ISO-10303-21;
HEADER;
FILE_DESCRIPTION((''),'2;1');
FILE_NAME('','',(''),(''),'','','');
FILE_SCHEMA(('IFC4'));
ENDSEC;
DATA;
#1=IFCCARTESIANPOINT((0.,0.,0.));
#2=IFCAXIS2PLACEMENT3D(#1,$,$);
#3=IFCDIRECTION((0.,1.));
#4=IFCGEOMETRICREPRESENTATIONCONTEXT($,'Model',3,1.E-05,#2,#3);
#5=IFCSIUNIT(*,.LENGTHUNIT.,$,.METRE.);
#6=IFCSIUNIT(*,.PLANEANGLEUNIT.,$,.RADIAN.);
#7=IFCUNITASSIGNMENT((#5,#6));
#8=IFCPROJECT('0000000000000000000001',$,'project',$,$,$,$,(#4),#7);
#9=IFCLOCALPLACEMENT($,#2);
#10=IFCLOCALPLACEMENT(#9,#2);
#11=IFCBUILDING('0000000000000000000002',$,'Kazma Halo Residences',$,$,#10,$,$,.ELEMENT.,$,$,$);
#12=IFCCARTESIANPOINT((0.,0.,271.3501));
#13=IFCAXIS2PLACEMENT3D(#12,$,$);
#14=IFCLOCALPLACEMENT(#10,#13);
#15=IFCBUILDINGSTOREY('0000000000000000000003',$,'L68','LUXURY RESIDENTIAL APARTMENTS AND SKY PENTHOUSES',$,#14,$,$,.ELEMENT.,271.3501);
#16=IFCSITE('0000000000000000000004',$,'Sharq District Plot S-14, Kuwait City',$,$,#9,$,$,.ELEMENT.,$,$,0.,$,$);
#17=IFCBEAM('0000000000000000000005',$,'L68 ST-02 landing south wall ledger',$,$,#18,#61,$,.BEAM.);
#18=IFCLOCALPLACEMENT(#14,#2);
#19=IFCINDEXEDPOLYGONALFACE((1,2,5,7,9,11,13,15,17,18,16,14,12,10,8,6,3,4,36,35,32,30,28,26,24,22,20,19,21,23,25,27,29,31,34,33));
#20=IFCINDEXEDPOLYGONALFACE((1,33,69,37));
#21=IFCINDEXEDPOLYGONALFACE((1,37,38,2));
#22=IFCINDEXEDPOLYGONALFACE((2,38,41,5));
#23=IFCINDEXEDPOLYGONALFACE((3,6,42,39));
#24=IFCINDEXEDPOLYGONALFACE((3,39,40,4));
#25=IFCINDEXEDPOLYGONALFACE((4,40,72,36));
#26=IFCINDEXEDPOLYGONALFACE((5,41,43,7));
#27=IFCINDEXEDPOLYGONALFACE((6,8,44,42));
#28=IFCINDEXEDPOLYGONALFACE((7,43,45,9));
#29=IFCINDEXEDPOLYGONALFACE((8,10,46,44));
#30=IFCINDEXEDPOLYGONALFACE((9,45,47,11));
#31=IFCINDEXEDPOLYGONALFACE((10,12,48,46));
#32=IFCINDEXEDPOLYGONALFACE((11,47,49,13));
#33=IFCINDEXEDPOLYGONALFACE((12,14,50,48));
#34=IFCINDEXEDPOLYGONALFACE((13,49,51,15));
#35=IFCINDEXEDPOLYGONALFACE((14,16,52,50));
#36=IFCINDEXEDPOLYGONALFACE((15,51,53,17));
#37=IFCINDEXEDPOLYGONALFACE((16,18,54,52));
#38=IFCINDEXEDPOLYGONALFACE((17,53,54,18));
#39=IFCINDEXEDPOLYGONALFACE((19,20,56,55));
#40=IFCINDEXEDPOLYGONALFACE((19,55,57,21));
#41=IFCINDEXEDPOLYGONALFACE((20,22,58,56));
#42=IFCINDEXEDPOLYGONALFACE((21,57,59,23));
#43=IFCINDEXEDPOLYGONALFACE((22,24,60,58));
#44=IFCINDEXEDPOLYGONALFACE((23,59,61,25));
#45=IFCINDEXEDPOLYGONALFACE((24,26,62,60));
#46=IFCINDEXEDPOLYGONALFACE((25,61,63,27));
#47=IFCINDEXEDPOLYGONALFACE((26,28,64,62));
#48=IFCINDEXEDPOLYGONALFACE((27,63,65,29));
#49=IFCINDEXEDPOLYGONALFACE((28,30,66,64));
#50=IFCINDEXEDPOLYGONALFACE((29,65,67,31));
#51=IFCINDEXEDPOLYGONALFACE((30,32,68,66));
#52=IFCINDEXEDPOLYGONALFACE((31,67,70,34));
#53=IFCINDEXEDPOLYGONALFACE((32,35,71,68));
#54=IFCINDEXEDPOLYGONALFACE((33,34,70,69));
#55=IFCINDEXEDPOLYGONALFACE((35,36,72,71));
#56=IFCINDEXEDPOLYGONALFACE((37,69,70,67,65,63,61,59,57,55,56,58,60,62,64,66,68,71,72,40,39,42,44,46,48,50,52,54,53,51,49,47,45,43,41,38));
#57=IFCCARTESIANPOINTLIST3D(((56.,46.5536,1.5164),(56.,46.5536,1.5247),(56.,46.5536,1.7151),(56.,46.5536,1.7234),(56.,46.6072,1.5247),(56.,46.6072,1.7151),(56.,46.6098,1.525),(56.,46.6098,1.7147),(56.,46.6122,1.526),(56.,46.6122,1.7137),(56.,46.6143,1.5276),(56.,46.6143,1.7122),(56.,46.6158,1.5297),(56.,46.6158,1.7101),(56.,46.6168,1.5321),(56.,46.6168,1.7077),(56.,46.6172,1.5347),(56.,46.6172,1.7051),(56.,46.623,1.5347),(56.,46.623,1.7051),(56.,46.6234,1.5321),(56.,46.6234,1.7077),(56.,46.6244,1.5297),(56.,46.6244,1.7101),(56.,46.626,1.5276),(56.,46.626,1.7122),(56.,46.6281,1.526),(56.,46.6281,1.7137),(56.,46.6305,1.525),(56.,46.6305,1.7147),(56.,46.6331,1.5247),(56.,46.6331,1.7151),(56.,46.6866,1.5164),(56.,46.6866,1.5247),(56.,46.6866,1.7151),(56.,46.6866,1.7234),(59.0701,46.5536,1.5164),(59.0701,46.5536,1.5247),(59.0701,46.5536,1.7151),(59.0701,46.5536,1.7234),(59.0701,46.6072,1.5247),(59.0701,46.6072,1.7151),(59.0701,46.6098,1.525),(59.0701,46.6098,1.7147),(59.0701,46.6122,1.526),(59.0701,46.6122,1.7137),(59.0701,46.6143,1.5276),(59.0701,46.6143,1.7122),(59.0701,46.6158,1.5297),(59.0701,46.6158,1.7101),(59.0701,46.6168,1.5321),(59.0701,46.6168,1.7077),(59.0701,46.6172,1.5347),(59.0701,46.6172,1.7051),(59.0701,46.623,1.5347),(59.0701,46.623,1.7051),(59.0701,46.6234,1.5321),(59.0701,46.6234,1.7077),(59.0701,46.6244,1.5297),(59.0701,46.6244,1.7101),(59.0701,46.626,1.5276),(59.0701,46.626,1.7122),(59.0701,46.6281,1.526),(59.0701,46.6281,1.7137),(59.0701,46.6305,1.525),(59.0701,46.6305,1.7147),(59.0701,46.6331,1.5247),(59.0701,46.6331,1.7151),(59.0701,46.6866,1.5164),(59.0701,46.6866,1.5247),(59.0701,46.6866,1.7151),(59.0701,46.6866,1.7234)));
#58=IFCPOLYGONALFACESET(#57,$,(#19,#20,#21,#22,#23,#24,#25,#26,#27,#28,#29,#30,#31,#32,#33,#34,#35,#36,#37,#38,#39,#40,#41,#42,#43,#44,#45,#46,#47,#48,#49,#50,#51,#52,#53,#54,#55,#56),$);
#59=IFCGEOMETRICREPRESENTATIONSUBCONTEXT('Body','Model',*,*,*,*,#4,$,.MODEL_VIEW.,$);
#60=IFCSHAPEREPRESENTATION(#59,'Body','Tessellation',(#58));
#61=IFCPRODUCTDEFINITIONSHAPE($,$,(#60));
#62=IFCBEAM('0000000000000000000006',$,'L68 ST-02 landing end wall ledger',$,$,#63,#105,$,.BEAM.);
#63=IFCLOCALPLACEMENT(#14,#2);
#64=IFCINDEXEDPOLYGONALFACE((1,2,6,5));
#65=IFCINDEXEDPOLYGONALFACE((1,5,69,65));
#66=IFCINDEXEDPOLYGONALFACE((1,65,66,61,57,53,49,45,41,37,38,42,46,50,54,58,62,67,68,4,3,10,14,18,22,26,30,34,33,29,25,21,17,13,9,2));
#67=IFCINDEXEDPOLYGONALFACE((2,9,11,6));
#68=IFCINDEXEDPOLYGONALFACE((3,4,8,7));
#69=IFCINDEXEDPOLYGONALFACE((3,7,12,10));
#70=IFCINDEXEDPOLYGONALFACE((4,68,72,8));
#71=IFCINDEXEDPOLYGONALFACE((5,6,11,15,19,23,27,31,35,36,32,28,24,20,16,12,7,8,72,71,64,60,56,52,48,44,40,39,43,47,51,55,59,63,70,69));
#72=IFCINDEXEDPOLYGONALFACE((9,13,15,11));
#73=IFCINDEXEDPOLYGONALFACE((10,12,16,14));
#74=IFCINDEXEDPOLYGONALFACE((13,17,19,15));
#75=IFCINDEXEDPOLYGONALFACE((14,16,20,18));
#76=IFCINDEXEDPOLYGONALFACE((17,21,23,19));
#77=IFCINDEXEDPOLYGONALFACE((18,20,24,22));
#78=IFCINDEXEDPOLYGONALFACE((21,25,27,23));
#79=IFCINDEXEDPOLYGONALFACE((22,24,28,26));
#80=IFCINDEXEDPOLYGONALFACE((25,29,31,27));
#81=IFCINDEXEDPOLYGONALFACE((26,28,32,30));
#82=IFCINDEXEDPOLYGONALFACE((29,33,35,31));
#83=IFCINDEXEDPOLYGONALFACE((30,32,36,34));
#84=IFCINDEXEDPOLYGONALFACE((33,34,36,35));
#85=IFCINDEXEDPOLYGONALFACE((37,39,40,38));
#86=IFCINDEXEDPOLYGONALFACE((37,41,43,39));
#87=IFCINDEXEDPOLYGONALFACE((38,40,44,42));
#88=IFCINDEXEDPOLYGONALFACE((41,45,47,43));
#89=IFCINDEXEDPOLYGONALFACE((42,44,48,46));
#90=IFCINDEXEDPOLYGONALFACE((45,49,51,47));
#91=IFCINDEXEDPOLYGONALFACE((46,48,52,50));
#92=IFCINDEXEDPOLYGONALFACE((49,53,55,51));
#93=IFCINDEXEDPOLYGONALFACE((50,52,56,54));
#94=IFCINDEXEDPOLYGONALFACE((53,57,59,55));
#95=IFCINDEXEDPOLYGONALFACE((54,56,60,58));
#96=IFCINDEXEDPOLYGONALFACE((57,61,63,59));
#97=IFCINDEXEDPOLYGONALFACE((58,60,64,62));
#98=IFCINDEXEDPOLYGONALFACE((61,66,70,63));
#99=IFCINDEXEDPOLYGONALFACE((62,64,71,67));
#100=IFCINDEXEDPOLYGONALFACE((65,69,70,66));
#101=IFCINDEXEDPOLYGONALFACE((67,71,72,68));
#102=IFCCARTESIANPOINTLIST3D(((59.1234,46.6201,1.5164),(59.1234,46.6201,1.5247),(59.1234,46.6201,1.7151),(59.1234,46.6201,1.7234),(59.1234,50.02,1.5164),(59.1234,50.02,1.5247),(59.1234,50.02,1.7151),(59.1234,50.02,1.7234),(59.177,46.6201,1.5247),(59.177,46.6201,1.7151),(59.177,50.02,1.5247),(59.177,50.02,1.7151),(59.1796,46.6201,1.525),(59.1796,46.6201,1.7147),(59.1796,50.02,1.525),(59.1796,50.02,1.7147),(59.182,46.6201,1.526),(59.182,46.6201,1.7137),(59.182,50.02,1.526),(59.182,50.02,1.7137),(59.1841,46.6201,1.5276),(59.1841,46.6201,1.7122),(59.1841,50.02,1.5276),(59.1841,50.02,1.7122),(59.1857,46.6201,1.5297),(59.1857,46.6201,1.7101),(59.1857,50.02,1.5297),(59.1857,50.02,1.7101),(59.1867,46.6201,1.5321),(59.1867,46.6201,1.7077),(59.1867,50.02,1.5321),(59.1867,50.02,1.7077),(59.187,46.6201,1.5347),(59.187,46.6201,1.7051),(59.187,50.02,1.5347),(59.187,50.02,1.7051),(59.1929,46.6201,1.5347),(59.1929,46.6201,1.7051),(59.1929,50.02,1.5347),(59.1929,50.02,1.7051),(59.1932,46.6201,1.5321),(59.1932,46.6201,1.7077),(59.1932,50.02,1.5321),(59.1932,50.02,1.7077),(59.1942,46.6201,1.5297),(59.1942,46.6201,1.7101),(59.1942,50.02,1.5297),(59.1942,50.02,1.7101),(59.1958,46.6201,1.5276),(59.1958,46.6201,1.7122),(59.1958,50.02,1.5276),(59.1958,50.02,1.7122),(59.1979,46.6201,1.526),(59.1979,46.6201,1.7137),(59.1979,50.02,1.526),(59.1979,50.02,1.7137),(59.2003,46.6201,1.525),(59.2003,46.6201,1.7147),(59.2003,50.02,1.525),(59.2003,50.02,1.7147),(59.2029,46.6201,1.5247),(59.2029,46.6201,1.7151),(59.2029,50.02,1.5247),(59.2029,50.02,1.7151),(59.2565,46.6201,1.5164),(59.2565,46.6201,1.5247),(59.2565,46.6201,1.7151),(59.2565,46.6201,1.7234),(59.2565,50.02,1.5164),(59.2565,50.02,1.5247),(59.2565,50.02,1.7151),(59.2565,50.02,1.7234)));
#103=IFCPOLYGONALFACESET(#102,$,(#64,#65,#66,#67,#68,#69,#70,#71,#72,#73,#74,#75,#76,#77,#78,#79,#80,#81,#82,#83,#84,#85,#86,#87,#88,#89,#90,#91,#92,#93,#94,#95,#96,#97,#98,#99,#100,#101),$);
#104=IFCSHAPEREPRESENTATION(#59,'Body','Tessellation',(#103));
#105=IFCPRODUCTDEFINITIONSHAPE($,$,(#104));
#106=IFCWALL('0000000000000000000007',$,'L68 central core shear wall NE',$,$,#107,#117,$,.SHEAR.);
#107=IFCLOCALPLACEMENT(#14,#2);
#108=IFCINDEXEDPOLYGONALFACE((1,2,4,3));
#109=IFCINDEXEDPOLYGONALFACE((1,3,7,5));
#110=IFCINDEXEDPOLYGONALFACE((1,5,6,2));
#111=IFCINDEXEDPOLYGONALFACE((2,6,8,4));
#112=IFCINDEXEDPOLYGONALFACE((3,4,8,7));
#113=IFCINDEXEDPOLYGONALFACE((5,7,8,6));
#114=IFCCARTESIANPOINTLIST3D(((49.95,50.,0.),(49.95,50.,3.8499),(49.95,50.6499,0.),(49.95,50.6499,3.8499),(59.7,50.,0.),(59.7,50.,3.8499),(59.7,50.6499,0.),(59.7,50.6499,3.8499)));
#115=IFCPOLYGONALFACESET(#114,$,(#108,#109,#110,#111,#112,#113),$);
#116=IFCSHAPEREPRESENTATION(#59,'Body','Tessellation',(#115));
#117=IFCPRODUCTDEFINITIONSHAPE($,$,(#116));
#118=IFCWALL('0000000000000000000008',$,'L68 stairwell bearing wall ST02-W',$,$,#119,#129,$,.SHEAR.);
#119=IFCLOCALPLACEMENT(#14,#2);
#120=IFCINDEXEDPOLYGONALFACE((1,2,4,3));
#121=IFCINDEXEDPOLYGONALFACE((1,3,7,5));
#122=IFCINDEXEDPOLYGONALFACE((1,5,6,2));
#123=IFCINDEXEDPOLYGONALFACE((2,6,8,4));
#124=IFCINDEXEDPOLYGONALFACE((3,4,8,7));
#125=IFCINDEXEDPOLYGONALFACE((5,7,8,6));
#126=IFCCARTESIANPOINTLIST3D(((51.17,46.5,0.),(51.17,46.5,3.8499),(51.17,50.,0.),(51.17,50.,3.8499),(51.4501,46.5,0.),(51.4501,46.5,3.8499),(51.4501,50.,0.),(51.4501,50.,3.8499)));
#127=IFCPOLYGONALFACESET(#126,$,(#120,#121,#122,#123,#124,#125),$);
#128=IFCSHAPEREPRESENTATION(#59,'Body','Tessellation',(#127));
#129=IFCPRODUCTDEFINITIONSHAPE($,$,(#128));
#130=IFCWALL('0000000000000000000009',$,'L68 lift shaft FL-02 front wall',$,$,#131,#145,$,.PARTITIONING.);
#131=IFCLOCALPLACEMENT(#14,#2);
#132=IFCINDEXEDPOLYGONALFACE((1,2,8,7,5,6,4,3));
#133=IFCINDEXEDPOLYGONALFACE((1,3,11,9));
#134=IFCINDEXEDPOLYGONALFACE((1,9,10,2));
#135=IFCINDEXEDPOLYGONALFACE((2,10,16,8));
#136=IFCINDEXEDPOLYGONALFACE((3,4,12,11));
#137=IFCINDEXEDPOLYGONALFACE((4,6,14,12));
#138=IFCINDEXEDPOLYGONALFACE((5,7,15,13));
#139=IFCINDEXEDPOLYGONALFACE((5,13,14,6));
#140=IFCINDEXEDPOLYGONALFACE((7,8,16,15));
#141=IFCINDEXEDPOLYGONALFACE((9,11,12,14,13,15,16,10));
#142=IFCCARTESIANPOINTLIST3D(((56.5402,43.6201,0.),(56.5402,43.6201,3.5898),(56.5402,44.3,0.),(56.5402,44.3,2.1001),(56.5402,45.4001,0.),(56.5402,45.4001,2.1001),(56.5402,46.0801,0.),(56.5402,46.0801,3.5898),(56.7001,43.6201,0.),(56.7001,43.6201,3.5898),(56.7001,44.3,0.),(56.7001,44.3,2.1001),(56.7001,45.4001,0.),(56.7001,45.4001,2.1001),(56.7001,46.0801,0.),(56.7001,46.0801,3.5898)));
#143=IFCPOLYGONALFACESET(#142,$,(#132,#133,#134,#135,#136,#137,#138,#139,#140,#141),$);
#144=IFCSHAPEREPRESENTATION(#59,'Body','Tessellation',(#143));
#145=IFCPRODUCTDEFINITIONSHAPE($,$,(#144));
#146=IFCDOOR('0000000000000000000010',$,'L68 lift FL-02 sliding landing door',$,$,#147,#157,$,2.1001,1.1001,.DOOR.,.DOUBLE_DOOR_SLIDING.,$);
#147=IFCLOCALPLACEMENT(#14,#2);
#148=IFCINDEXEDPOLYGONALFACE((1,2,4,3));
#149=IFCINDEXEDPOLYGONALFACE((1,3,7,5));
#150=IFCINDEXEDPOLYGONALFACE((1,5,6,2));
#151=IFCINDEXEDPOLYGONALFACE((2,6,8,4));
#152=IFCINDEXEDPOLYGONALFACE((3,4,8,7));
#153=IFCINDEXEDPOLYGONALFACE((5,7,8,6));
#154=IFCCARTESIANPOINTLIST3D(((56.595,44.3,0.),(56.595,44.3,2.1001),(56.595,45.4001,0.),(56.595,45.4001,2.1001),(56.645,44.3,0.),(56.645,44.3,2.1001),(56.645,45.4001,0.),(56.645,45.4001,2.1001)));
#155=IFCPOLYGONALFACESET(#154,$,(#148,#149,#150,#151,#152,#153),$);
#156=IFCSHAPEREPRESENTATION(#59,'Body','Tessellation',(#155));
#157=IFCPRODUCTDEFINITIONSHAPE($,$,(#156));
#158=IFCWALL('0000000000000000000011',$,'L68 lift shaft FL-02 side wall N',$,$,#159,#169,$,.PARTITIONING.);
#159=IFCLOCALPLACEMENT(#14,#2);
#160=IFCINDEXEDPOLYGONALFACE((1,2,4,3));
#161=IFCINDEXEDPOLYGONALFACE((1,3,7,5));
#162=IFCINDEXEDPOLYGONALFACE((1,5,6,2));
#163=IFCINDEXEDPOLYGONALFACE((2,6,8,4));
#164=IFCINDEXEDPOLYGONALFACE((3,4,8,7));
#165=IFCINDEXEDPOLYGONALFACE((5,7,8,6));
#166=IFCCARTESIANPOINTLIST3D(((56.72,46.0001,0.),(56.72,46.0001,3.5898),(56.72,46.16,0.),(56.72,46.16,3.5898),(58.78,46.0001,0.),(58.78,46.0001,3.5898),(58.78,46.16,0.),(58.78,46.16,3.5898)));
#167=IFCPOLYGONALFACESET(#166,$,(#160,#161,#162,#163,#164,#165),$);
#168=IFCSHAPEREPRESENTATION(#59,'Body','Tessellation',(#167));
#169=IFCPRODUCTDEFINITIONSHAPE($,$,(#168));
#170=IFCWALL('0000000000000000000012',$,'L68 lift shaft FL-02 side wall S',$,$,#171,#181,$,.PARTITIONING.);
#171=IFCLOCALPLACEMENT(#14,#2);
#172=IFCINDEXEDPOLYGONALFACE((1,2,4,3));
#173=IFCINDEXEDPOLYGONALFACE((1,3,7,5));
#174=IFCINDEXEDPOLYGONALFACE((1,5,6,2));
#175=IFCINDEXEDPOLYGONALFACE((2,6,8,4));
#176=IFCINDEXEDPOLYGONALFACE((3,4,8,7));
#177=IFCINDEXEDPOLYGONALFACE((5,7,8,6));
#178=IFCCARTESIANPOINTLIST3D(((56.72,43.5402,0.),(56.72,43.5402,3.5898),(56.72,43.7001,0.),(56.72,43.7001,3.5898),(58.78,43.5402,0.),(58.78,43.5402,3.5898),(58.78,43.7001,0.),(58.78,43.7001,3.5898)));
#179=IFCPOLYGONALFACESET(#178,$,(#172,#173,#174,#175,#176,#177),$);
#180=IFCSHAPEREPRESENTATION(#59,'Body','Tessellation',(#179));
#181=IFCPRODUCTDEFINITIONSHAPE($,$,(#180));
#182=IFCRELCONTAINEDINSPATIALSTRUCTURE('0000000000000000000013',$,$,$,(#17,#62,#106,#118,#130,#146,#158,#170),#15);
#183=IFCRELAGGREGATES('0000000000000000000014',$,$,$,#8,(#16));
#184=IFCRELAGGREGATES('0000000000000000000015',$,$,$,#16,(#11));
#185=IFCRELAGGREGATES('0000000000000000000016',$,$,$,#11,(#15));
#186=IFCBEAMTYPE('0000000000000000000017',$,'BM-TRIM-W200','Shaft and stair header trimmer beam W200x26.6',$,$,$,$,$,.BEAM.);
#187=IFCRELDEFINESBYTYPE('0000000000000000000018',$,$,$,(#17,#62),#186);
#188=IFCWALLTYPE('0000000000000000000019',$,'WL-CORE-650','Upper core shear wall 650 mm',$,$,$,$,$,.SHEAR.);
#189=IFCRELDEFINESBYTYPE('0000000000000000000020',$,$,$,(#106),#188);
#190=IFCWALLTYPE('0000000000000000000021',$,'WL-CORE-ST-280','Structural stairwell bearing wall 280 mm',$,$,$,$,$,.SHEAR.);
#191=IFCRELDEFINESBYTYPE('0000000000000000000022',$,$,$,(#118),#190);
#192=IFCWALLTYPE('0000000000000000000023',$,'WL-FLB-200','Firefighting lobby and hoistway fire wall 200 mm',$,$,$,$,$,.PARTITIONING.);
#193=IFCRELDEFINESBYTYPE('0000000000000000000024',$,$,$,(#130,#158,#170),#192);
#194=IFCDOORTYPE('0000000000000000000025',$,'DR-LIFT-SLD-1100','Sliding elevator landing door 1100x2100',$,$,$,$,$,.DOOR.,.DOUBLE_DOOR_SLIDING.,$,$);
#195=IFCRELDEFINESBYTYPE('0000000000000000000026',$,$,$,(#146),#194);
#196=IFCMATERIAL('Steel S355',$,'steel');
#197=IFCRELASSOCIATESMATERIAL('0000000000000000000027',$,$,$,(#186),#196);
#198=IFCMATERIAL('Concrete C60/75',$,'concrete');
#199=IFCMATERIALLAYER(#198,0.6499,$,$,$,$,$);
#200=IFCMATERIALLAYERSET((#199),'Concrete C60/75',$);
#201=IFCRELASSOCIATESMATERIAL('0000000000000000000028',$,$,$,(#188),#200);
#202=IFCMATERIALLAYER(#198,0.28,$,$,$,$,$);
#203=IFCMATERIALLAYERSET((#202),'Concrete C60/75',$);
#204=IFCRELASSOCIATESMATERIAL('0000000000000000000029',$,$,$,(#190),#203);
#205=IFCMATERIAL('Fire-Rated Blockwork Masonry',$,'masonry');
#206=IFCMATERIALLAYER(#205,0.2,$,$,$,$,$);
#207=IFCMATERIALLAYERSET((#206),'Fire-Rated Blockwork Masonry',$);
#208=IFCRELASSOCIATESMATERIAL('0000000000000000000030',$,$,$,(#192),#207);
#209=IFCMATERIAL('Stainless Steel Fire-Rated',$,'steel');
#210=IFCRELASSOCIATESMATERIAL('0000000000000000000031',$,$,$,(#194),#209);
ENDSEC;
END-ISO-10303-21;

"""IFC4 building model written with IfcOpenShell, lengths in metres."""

from ifc_helpers import new_model, si_unit, direction, frame, frame_2d, origin, origin_2d, place, context, subcontext, project, spatial, rectangle, i_section, extrude, material, layer, layer_set, material_profile, profile_set, type_object, element, fill, save


model = new_model("IFC4")

# Units and contexts
model_context = context("Model", 3, precision=1e-05, world=origin(), true_north=direction((0.0, 1.0)))
body_context = subcontext(model_context, "Body", "Model", "MODEL_VIEW")
ifc_project = project(units=[si_unit("LENGTHUNIT", "METRE"), si_unit("PLANEANGLEUNIT", "RADIAN")], contexts=[model_context])

# Site, building, storey
site_placement = place(None, origin())
site = spatial("IfcSite", under=ifc_project, at=site_placement, Name="Sharq District Plot S-14, Kuwait City", CompositionType="ELEMENT", RefElevation=0.0)
building_placement = place(site_placement, origin())
building = spatial("IfcBuilding", under=site, at=building_placement, Name="Kazma Halo Residences", CompositionType="ELEMENT")
storey_placement = place(building_placement, frame((0.0, 0.0, 271.3501)))
storey = spatial("IfcBuildingStorey", under=building, at=storey_placement, Name="L68", Description="LUXURY RESIDENTIAL APARTMENTS AND SKY PENTHOUSES", CompositionType="ELEMENT", Elevation=271.3501)

# Shared definitions
ifc_material_1 = material(Name="Steel S355", Category="steel")

# Beams
ifc_material_profile_1 = material_profile(ifc_material_1, i_section(OverallWidth=0.1331, OverallDepth=0.207, WebThickness=0.0059, FlangeThickness=0.0083, FilletRadius=0.01, at=origin_2d()), Name="W200x26.6")
ifc_profile_set_1 = profile_set([ifc_material_profile_1], Name="Steel S355")
beam_type_1 = type_object("IfcBeamType", Name="BM-TRIM-W200", Description="Shaft and stair header trimmer beam W200x26.6", PredefinedType="BEAM", material=ifc_profile_set_1)
beam_1_placement = place(storey_placement, frame((56.0, 46.6201, 1.6199), z_axis=(1.0, 0.0, 0.0), x_axis=(0.0, 1.0, 0.0)))
element("IfcBeam", 1, at=beam_1_placement, inside=storey, type_object=beam_type_1, Name="L68 ST-02 landing south wall ledger", PredefinedType="BEAM", context=body_context, shape_type="SweptSolid", body=[
    extrude(i_section(OverallWidth=0.1331, OverallDepth=0.207, WebThickness=0.0059, FlangeThickness=0.0083, FilletRadius=0.01, at=origin_2d()), origin(), (0.0, 0.0, 1.0), 3.0701),
])
beam_2_placement = place(storey_placement, frame((59.1899, 46.6201, 1.6199), z_axis=(0.0, 1.0, 0.0), x_axis=(-1.0, 0.0, 0.0)))
element("IfcBeam", 2, at=beam_2_placement, inside=storey, type_object=beam_type_1, Name="L68 ST-02 landing end wall ledger", PredefinedType="BEAM", context=body_context, shape_type="SweptSolid", body=[
    extrude(i_section(OverallWidth=0.1331, OverallDepth=0.207, WebThickness=0.0059, FlangeThickness=0.0083, FilletRadius=0.01, at=origin_2d()), origin(), (0.0, 0.0, 1.0), 3.3999),
])

# Walls
ifc_material_2 = material(Name="Concrete C60/75", Category="concrete")
ifc_layer_1 = layer(ifc_material_2, 0.6499)
ifc_layer_set_1 = layer_set([ifc_layer_1], Name="Concrete C60/75")
wall_type_1 = type_object("IfcWallType", Name="WL-CORE-650", Description="Upper core shear wall 650 mm", PredefinedType="SHEAR", material=ifc_layer_set_1)
wall_1_placement = place(storey_placement, frame((49.95, 50.325, 0.0), z_axis=(0.0, 0.0, 1.0), x_axis=(1.0, 0.0, 0.0)))
element("IfcWall", 3, at=wall_1_placement, inside=storey, type_object=wall_type_1, Name="L68 central core shear wall NE", PredefinedType="SHEAR", context=body_context, shape_type="SweptSolid", body=[
    extrude(rectangle(XDim=9.75, YDim=0.6499, at=frame_2d((4.875, 0.0))), origin(), (0.0, 0.0, 1.0), 3.8499),
])
ifc_layer_2 = layer(ifc_material_2, 0.28)
ifc_layer_set_2 = layer_set([ifc_layer_2], Name="Concrete C60/75")
wall_type_2 = type_object("IfcWallType", Name="WL-CORE-ST-280", Description="Structural stairwell bearing wall 280 mm", PredefinedType="SHEAR", material=ifc_layer_set_2)
wall_2_placement = place(storey_placement, frame((51.3101, 46.5, 0.0), z_axis=(0.0, 0.0, 1.0), x_axis=(0.0, 1.0, 0.0)))
element("IfcWall", 4, at=wall_2_placement, inside=storey, type_object=wall_type_2, Name="L68 stairwell bearing wall ST02-W", PredefinedType="SHEAR", context=body_context, shape_type="SweptSolid", body=[
    extrude(rectangle(XDim=3.5, YDim=0.28, at=frame_2d((1.75, 0.0))), origin(), (0.0, 0.0, 1.0), 3.8499),
])

# Wall, opening, door
ifc_material_3 = material(Name="Fire-Rated Blockwork Masonry", Category="masonry")
ifc_layer_3 = layer(ifc_material_3, 0.2)
ifc_layer_set_3 = layer_set([ifc_layer_3], Name="Fire-Rated Blockwork Masonry")
wall_type_3 = type_object("IfcWallType", Name="WL-FLB-200", Description="Firefighting lobby and hoistway fire wall 200 mm", PredefinedType="PARTITIONING", material=ifc_layer_set_3)
wall_3_placement = place(storey_placement, frame((56.6201, 46.0801, 0.0), z_axis=(0.0, 0.0, 1.0), x_axis=(0.0, -1.0, 0.0)))
wall_3 = element("IfcWall", 5, at=wall_3_placement, inside=storey, type_object=wall_type_3, Name="L68 lift shaft FL-02 front wall", PredefinedType="PARTITIONING", context=body_context, shape_type="SweptSolid", body=[
    extrude(rectangle(XDim=2.46, YDim=0.1599, at=frame_2d((1.23, 0.0))), origin(), (0.0, 0.0, 1.0), 3.5898),
])
opening_1_placement = place(wall_3_placement, frame((0.6799, 0.0, 0.0)))
opening_1 = element("IfcOpeningElement", 6, at=opening_1_placement, cuts=wall_3, PredefinedType="OPENING", context=body_context, shape_type="SweptSolid", body=[
    extrude(rectangle(XDim=1.1001, YDim=2.1001, at=frame_2d((0.55, 1.05))), frame((0.0, 0.0898, 0.0), z_axis=(0.0, -1.0, 0.0), x_axis=(1.0, 0.0, 0.0)), (0.0, 0.0, 1.0), 0.1799),
])
ifc_material_4 = material(Name="Stainless Steel Fire-Rated", Category="steel")
door_type_1 = type_object("IfcDoorType", Name="DR-LIFT-SLD-1100", Description="Sliding elevator landing door 1100x2100", OperationType="DOUBLE_DOOR_SLIDING", PredefinedType="DOOR", material=ifc_material_4)
door_1_placement = place(opening_1_placement, origin())
door_1 = element("IfcDoor", 7, at=door_1_placement, inside=storey, type_object=door_type_1, Name="L68 lift FL-02 sliding landing door", OperationType="DOUBLE_DOOR_SLIDING", OverallHeight=2.1001, OverallWidth=1.1001, PredefinedType="DOOR", context=body_context, shape_type="SweptSolid", body=[
    extrude(rectangle(XDim=1.1001, YDim=2.1001, at=frame_2d((0.55, 1.05))), frame((0.0, 0.0249, 0.0), z_axis=(0.0, -1.0, 0.0), x_axis=(1.0, 0.0, 0.0)), (0.0, 0.0, 1.0), 0.05),
])
fill(opening_1, door_1)

# Walls
for number, where, z_axis, x_axis, name in (
    (8, (56.72, 46.0801, 0.0), (0.0, 0.0, 1.0), (1.0, 0.0, 0.0), "L68 lift shaft FL-02 side wall N"),
    (9, (56.72, 43.6201, 0.0), (0.0, 0.0, 1.0), (1.0, 0.0, 0.0), "L68 lift shaft FL-02 side wall S"),
):
    element("IfcWall", number, at=place(storey_placement, frame(where, z_axis=z_axis, x_axis=x_axis)), inside=storey, type_object=wall_type_3, Name=name, PredefinedType="PARTITIONING", context=body_context, shape_type="SweptSolid", body=[
        extrude(rectangle(XDim=2.0601, YDim=0.1599, at=frame_2d((1.03, 0.0))), origin(), (0.0, 0.0, 1.0), 3.5898),
    ])

save(model, "model.ifc")
